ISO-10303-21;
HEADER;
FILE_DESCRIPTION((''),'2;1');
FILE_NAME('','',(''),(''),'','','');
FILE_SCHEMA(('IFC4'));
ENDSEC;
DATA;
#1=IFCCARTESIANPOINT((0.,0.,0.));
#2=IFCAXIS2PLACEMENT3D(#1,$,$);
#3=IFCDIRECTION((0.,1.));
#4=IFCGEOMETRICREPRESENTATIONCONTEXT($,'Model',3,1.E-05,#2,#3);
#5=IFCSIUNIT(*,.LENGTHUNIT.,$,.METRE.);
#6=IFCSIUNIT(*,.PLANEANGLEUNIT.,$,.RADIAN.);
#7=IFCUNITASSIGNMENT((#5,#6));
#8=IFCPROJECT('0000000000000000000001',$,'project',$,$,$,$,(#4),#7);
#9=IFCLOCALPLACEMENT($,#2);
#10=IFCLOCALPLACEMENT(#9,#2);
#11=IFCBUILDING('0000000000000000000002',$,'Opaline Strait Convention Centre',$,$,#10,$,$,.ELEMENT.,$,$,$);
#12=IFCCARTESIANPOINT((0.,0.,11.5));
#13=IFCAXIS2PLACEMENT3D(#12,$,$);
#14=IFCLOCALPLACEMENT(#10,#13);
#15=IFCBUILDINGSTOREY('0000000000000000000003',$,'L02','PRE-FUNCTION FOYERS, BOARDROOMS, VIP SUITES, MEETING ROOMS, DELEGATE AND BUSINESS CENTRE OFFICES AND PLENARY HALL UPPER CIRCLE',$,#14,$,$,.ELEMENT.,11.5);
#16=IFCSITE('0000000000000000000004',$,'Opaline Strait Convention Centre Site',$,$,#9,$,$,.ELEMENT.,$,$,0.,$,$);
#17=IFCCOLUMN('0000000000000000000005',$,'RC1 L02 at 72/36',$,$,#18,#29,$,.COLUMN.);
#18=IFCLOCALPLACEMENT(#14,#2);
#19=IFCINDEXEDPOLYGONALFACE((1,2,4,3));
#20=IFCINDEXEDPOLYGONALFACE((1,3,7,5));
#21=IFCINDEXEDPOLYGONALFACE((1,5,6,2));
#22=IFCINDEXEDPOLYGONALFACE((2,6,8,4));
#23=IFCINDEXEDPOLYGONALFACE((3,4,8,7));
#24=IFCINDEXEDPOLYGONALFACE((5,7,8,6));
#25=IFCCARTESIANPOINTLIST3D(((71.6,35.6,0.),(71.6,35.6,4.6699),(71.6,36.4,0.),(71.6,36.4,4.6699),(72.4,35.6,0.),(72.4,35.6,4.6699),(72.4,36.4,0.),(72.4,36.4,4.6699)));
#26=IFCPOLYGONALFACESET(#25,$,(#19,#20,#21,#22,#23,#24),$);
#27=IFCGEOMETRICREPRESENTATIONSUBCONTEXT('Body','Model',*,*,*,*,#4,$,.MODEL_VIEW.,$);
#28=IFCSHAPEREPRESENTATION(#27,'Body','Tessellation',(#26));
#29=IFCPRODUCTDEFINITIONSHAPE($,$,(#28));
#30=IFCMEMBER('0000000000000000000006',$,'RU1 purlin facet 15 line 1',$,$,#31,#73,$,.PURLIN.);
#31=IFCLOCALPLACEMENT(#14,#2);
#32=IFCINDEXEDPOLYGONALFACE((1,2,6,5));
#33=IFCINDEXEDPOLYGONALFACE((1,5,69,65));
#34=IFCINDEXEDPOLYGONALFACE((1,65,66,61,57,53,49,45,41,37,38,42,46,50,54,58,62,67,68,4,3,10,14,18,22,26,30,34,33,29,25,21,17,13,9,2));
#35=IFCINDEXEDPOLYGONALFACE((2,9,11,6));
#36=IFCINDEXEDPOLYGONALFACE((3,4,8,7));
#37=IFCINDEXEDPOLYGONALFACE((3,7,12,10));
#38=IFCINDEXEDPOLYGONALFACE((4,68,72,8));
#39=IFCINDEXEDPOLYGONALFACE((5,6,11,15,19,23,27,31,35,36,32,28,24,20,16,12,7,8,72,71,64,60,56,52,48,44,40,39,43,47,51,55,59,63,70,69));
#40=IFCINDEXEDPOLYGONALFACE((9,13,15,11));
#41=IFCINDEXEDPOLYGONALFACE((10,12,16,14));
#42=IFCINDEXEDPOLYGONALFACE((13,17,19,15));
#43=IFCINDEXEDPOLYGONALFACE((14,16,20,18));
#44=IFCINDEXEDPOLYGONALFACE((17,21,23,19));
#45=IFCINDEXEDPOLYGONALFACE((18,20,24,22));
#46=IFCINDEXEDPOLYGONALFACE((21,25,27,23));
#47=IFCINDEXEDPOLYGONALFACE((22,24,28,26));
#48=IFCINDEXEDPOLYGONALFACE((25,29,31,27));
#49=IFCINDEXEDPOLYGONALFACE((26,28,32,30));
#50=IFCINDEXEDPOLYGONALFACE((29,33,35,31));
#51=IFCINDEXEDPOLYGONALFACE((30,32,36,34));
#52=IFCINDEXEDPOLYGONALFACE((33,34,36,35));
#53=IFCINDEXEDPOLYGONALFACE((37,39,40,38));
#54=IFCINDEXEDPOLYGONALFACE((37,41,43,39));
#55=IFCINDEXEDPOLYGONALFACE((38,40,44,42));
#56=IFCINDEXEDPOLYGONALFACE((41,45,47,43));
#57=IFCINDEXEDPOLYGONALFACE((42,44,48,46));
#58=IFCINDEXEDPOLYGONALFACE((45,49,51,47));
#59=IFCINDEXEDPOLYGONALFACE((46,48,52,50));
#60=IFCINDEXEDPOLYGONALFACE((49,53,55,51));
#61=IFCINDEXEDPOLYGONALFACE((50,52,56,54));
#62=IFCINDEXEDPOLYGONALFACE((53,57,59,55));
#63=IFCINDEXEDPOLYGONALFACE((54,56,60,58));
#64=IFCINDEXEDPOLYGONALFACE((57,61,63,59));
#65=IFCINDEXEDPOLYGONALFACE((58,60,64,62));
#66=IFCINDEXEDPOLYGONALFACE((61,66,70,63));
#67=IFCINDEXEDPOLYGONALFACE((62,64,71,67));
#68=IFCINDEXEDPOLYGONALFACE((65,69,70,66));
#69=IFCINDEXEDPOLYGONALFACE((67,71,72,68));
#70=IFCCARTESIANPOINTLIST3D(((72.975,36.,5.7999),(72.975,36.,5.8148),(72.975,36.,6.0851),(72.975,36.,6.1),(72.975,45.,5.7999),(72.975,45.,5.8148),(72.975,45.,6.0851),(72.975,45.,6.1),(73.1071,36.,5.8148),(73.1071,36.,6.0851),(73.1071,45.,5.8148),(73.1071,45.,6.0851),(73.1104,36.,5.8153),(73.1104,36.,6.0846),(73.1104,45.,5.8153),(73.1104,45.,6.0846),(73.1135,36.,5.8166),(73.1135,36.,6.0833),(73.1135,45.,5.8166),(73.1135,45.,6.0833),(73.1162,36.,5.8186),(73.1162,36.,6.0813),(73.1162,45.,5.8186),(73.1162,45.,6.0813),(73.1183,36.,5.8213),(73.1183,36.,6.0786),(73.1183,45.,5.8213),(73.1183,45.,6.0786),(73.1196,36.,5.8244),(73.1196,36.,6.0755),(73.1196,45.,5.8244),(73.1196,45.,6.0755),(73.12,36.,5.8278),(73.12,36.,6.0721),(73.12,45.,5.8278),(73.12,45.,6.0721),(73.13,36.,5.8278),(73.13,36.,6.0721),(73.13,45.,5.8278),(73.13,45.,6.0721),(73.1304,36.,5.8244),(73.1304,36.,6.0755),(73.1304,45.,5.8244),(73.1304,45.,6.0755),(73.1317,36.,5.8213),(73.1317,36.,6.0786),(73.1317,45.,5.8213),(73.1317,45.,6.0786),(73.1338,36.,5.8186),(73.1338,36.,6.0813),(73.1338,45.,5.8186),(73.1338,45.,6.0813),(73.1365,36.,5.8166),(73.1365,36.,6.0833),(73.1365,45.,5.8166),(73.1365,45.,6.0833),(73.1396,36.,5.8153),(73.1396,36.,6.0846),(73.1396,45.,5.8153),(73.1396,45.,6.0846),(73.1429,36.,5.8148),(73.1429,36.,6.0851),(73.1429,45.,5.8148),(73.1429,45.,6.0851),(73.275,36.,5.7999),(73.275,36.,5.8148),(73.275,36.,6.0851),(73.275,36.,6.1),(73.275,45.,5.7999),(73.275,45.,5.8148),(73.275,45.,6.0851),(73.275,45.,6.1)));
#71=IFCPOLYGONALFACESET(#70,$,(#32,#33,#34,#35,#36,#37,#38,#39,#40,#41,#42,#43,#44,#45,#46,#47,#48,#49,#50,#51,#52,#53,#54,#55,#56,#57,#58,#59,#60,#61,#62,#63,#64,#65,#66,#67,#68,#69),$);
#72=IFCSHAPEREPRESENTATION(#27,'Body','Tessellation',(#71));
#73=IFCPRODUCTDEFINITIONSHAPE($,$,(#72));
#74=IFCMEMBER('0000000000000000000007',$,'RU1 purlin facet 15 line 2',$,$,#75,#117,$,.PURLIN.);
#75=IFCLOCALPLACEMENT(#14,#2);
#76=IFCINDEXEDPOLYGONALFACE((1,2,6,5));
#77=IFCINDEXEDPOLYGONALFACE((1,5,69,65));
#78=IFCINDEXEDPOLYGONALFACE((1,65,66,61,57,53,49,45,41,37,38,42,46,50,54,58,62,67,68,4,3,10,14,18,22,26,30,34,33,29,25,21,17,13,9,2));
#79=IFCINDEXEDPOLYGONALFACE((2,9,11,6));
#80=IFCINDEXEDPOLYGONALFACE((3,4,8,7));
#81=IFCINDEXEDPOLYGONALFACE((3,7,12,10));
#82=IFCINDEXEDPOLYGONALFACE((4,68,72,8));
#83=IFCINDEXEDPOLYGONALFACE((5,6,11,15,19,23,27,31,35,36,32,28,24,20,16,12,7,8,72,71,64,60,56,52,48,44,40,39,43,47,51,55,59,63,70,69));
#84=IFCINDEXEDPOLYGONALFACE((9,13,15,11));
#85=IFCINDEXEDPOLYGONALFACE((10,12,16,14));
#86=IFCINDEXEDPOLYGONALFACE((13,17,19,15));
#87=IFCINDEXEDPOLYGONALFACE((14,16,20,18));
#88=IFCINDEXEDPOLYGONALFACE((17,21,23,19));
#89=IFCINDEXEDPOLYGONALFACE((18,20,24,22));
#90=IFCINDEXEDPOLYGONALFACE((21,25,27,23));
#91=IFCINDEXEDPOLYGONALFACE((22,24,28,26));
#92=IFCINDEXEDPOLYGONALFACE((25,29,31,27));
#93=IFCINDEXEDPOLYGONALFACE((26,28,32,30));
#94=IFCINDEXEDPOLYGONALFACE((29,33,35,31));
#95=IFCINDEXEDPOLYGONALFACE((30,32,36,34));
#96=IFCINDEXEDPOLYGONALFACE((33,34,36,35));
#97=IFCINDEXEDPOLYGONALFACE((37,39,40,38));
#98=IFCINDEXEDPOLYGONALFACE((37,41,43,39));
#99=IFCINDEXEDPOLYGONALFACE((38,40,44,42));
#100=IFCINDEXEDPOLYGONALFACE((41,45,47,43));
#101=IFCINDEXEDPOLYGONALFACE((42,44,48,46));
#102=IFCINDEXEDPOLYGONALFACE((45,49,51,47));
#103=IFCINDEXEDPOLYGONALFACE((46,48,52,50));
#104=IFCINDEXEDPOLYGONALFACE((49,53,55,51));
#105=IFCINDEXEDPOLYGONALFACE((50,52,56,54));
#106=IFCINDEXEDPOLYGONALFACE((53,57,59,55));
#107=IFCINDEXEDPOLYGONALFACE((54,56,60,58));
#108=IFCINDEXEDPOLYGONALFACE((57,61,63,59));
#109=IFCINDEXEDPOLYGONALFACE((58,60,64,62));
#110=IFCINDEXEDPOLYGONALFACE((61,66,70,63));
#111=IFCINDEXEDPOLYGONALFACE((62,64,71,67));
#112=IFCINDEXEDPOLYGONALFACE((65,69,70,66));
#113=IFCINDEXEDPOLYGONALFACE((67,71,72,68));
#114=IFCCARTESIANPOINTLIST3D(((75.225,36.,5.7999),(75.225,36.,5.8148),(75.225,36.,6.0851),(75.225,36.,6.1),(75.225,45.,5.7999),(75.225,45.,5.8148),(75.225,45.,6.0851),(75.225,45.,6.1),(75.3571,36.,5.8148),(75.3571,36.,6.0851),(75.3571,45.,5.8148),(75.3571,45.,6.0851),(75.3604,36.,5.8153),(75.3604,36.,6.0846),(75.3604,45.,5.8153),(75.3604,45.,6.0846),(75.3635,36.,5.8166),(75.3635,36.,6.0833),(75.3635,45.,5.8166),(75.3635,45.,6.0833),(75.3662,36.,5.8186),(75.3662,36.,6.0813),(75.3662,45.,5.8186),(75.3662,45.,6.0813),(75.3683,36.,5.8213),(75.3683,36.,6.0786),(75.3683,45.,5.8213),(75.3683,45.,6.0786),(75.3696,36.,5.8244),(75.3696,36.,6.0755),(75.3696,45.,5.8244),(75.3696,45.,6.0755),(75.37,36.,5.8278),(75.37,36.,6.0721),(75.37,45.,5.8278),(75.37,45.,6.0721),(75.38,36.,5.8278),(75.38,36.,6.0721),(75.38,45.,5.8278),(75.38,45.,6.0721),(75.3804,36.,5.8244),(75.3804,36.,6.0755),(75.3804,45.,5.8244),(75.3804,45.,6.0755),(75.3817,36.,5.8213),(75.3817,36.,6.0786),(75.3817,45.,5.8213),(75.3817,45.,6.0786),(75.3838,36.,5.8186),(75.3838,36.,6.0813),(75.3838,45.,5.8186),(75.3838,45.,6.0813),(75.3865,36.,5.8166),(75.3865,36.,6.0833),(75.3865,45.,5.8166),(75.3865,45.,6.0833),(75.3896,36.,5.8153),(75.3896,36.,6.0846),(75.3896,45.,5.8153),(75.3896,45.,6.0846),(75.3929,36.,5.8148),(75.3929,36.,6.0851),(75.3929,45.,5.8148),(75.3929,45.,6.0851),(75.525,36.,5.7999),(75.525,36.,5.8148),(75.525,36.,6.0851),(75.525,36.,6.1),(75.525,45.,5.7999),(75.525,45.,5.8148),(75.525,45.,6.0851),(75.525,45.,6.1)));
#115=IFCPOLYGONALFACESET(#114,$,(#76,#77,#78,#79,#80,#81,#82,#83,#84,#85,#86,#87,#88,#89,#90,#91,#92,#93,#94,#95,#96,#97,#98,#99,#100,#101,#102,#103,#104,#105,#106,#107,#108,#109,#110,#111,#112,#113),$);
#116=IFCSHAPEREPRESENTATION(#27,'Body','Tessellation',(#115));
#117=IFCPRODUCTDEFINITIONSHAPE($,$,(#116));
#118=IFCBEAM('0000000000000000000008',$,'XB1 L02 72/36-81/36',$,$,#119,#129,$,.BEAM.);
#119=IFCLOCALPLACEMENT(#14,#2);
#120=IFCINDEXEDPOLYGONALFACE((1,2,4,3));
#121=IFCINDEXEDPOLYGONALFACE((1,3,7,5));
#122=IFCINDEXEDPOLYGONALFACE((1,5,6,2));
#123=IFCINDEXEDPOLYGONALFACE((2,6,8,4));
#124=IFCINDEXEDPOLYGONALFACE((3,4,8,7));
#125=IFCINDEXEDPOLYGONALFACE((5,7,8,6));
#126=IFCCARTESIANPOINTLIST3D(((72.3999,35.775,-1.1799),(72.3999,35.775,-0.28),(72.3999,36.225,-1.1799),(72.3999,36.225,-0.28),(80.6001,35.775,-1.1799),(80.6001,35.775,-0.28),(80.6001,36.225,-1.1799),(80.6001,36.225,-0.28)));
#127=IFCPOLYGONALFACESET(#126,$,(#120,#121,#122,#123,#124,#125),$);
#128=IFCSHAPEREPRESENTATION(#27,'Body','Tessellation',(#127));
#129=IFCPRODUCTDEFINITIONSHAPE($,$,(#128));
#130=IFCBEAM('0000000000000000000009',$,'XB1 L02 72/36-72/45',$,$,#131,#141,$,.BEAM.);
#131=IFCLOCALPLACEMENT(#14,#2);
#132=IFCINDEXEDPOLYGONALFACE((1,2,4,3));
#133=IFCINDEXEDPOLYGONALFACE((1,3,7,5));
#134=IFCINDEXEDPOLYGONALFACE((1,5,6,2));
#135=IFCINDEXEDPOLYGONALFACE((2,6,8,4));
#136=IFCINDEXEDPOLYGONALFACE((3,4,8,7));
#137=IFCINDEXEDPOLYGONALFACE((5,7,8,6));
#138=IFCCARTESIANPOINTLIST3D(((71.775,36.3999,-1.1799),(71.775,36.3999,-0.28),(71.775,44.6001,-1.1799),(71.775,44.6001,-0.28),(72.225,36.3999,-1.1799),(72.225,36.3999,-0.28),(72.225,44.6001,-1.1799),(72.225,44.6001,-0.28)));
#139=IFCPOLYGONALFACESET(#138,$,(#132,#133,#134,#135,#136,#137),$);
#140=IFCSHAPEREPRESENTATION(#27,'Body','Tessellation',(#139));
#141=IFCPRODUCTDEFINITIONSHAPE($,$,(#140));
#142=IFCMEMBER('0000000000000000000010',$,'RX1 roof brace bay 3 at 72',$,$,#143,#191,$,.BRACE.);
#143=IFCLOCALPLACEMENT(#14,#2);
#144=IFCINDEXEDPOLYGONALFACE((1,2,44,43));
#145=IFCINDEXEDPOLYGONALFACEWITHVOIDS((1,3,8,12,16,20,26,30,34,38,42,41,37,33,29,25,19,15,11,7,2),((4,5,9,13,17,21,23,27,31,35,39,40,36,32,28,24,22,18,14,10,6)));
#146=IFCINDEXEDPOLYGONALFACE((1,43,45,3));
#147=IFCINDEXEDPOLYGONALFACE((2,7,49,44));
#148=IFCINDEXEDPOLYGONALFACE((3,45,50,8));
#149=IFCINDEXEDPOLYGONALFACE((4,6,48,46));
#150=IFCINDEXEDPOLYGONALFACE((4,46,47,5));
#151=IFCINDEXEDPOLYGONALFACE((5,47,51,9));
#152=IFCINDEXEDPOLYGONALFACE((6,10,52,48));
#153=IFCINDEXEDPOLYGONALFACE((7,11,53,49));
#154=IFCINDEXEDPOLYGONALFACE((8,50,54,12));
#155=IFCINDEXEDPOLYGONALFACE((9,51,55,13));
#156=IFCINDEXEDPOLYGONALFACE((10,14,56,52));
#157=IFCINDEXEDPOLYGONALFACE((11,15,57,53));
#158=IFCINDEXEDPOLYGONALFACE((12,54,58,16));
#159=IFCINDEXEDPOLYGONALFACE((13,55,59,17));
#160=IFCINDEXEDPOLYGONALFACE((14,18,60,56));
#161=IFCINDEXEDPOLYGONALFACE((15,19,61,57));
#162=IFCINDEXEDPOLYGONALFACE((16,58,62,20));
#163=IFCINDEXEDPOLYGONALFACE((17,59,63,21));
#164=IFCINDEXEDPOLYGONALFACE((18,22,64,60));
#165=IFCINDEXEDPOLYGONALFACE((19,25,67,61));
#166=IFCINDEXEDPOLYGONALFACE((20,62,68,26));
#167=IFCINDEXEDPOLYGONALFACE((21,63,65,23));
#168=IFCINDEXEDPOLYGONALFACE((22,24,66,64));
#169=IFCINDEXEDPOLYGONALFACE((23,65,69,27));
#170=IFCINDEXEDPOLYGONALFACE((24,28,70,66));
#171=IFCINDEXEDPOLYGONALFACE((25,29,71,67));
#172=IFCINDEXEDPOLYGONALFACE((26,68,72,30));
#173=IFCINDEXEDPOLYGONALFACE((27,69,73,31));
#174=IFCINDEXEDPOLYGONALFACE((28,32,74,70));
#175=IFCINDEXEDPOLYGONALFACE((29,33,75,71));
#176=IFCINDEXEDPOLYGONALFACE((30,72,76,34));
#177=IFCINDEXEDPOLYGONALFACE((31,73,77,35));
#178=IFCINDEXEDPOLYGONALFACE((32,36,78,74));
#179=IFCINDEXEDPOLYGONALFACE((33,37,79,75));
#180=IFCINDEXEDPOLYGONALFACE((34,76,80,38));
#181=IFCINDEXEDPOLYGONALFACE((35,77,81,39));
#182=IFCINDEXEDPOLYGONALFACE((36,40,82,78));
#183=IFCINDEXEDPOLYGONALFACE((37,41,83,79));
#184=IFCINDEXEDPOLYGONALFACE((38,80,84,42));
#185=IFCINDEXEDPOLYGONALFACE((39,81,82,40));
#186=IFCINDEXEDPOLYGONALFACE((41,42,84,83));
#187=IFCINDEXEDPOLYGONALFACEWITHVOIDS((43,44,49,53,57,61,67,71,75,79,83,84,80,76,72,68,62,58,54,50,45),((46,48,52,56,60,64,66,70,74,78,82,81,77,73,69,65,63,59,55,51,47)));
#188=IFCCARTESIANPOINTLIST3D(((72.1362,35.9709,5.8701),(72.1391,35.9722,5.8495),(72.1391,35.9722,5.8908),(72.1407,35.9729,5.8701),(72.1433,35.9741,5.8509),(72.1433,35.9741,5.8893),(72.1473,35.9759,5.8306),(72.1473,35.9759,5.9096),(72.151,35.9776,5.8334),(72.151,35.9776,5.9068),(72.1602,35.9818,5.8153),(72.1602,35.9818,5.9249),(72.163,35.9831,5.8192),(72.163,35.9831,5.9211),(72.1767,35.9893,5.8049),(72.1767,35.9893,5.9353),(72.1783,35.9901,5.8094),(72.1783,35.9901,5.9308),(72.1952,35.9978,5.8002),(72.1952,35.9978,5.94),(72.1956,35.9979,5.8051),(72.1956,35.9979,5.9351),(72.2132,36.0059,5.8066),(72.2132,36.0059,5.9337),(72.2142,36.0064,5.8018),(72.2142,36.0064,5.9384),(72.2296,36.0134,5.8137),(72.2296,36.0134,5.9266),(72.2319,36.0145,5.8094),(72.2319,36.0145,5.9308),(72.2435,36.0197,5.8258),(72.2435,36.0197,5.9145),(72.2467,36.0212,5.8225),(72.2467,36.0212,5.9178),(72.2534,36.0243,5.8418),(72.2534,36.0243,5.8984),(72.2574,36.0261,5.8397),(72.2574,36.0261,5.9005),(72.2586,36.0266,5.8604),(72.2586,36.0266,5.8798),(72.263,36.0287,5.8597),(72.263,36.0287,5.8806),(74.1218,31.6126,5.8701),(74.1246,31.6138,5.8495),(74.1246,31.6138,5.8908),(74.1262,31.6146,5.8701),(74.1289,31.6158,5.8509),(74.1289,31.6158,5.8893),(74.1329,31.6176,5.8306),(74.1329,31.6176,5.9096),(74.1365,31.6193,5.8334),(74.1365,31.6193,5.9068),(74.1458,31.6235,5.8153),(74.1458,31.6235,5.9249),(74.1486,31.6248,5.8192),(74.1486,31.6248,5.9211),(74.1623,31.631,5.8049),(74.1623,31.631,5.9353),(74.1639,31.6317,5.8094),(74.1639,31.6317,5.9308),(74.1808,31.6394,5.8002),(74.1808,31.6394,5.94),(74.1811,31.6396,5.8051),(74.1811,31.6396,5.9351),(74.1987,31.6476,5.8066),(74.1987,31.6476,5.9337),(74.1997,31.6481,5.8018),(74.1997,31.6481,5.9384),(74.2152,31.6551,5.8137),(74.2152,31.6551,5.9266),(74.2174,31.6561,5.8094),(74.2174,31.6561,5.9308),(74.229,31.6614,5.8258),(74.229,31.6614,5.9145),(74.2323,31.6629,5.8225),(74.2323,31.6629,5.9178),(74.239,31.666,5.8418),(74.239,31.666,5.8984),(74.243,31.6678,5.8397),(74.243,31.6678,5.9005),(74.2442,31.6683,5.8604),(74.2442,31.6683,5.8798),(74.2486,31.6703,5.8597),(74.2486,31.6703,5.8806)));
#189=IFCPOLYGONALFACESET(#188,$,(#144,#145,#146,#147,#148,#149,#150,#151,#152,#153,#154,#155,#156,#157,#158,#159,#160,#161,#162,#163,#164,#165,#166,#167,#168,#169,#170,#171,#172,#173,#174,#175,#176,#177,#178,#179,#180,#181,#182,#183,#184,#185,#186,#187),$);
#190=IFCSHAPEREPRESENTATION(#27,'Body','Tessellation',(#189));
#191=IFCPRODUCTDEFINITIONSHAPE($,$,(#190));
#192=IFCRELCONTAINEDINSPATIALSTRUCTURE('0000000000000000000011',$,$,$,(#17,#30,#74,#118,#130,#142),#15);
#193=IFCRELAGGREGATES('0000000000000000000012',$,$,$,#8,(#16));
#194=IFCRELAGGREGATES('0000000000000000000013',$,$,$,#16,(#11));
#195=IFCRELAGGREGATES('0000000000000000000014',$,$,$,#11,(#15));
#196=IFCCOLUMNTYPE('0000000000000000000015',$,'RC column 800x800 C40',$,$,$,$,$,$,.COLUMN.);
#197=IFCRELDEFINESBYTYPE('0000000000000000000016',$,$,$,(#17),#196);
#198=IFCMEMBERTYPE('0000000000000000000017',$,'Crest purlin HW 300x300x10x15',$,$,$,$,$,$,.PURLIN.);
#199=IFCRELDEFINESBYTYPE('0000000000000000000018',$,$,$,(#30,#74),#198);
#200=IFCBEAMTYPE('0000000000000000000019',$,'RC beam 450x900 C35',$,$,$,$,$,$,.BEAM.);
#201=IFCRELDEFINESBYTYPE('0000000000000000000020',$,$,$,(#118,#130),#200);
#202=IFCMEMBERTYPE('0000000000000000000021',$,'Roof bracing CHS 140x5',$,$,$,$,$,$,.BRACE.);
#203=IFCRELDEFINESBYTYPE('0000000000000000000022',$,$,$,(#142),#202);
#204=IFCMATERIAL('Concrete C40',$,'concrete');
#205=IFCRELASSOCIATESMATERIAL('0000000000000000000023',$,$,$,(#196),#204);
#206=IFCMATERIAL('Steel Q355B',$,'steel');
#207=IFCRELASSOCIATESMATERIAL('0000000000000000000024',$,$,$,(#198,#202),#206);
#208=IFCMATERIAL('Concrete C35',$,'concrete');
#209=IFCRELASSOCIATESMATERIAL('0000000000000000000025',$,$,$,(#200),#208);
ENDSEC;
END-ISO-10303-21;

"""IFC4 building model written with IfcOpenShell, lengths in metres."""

from ifc_helpers import new_model, si_unit, direction, frame, origin, origin_2d, place, context, subcontext, project, spatial, rectangle, hollow_circle, i_section, extrude, material, material_profile, profile_set, type_object, element, save


model = new_model("IFC4")

# Units and contexts
model_context = context("Model", 3, precision=1e-05, world=origin(), true_north=direction((0.0, 1.0)))
body_context = subcontext(model_context, "Body", "Model", "MODEL_VIEW")
ifc_project = project(units=[si_unit("LENGTHUNIT", "METRE"), si_unit("PLANEANGLEUNIT", "RADIAN")], contexts=[model_context])

# Site, building, storey
site_placement = place(None, origin())
site = spatial("IfcSite", under=ifc_project, at=site_placement, Name="Opaline Strait Convention Centre Site", CompositionType="ELEMENT", RefElevation=0.0)
building_placement = place(site_placement, origin())
building = spatial("IfcBuilding", under=site, at=building_placement, Name="Opaline Strait Convention Centre", CompositionType="ELEMENT")
storey_placement = place(building_placement, frame((0.0, 0.0, 11.5)))
storey = spatial("IfcBuildingStorey", under=building, at=storey_placement, Name="L02", Description="PRE-FUNCTION FOYERS, BOARDROOMS, VIP SUITES, MEETING ROOMS, DELEGATE AND BUSINESS CENTRE OFFICES AND PLENARY HALL UPPER CIRCLE", CompositionType="ELEMENT", Elevation=11.5)

# Column
ifc_material_1 = material(Name="Concrete C40", Category="concrete")
ifc_material_profile_1 = material_profile(ifc_material_1, rectangle(XDim=0.8, YDim=0.8, at=origin_2d()), Name="RC 800x800")
ifc_profile_set_1 = profile_set([ifc_material_profile_1], Name="Concrete C40")
column_type = type_object("IfcColumnType", Name="RC column 800x800 C40", PredefinedType="COLUMN", material=ifc_profile_set_1)
column_placement = place(storey_placement, frame((72.0, 36.0, 0.0), z_axis=(0.0, 0.0, 1.0), x_axis=(1.0, 0.0, 0.0)))
element("IfcColumn", 1, at=column_placement, inside=storey, type_object=column_type, Name="RC1 L02 at 72/36", PredefinedType="COLUMN", context=body_context, shape_type="SweptSolid", body=[
    extrude(rectangle(XDim=0.8, YDim=0.8, at=origin_2d()), origin(), (0.0, 0.0, 1.0), 4.6699),
])

# Members
ifc_material_2 = material(Name="Steel Q355B", Category="steel")
ifc_material_profile_2 = material_profile(ifc_material_2, i_section(OverallWidth=0.3, OverallDepth=0.3, WebThickness=0.01, FlangeThickness=0.0149, FilletRadius=0.0129, at=origin_2d()), Name="HW 300x300x10x15")
ifc_profile_set_2 = profile_set([ifc_material_profile_2], Name="Steel Q355B")
member_type_1 = type_object("IfcMemberType", Name="Crest purlin HW 300x300x10x15", PredefinedType="PURLIN", material=ifc_profile_set_2)
for number, where, z_axis, x_axis, name in (
    (2, (73.125, 36.0, 5.95), (0.0, 1.0, 0.0), (-1.0, 0.0, 0.0), "RU1 purlin facet 15 line 1"),
    (3, (75.375, 36.0, 5.95), (0.0, 1.0, 0.0), (-1.0, 0.0, 0.0), "RU1 purlin facet 15 line 2"),
):
    element("IfcMember", number, at=place(storey_placement, frame(where, z_axis=z_axis, x_axis=x_axis)), inside=storey, type_object=member_type_1, Name=name, PredefinedType="PURLIN", context=body_context, shape_type="SweptSolid", body=[
        extrude(i_section(OverallWidth=0.3, OverallDepth=0.3, WebThickness=0.01, FlangeThickness=0.0149, FilletRadius=0.0129, at=origin_2d()), origin(), (0.0, 0.0, 1.0), 9.0),
    ])

# Beams
ifc_material_3 = material(Name="Concrete C35", Category="concrete")
ifc_material_profile_3 = material_profile(ifc_material_3, rectangle(XDim=0.45, YDim=0.8999, at=origin_2d()), Name="RC 450x900")
ifc_profile_set_3 = profile_set([ifc_material_profile_3], Name="Concrete C35")
beam_type = type_object("IfcBeamType", Name="RC beam 450x900 C35", PredefinedType="BEAM", material=ifc_profile_set_3)
for number, where, z_axis, x_axis, name in (
    (4, (72.3999, 36.0, -0.73), (1.0, 0.0, 0.0), (0.0, 1.0, 0.0), "XB1 L02 72/36-81/36"),
    (5, (72.0, 36.3999, -0.73), (0.0, 1.0, 0.0), (-1.0, 0.0, 0.0), "XB1 L02 72/36-72/45"),
):
    element("IfcBeam", number, at=place(storey_placement, frame(where, z_axis=z_axis, x_axis=x_axis)), inside=storey, type_object=beam_type, Name=name, PredefinedType="BEAM", context=body_context, shape_type="SweptSolid", body=[
        extrude(rectangle(XDim=0.45, YDim=0.8999, at=origin_2d()), origin(), (0.0, 0.0, 1.0), 8.2002),
    ])

# Member
ifc_material_profile_4 = material_profile(ifc_material_2, hollow_circle(Radius=0.0701, WallThickness=0.0049, at=origin_2d()), Name="CHS 140x5")
ifc_profile_set_4 = profile_set([ifc_material_profile_4], Name="Steel Q355B")
member_type_2 = type_object("IfcMemberType", Name="Roof bracing CHS 140x5", PredefinedType="BRACE", material=ifc_profile_set_4)
member_1_placement = place(storey_placement, frame((74.1855, 31.6416, 5.8701), z_axis=(-0.414582, 0.910012, 0.0), x_axis=(-0.910012, -0.414582, 0.0)))
element("IfcMember", 6, at=member_1_placement, inside=storey, type_object=member_type_2, Name="RX1 roof brace bay 3 at 72", PredefinedType="BRACE", context=body_context, shape_type="SweptSolid", body=[
    extrude(hollow_circle(Radius=0.0701, WallThickness=0.0049, at=origin_2d()), origin(), (0.0, 0.0, 1.0), 4.7893),
])

save(model, "model.ifc")
